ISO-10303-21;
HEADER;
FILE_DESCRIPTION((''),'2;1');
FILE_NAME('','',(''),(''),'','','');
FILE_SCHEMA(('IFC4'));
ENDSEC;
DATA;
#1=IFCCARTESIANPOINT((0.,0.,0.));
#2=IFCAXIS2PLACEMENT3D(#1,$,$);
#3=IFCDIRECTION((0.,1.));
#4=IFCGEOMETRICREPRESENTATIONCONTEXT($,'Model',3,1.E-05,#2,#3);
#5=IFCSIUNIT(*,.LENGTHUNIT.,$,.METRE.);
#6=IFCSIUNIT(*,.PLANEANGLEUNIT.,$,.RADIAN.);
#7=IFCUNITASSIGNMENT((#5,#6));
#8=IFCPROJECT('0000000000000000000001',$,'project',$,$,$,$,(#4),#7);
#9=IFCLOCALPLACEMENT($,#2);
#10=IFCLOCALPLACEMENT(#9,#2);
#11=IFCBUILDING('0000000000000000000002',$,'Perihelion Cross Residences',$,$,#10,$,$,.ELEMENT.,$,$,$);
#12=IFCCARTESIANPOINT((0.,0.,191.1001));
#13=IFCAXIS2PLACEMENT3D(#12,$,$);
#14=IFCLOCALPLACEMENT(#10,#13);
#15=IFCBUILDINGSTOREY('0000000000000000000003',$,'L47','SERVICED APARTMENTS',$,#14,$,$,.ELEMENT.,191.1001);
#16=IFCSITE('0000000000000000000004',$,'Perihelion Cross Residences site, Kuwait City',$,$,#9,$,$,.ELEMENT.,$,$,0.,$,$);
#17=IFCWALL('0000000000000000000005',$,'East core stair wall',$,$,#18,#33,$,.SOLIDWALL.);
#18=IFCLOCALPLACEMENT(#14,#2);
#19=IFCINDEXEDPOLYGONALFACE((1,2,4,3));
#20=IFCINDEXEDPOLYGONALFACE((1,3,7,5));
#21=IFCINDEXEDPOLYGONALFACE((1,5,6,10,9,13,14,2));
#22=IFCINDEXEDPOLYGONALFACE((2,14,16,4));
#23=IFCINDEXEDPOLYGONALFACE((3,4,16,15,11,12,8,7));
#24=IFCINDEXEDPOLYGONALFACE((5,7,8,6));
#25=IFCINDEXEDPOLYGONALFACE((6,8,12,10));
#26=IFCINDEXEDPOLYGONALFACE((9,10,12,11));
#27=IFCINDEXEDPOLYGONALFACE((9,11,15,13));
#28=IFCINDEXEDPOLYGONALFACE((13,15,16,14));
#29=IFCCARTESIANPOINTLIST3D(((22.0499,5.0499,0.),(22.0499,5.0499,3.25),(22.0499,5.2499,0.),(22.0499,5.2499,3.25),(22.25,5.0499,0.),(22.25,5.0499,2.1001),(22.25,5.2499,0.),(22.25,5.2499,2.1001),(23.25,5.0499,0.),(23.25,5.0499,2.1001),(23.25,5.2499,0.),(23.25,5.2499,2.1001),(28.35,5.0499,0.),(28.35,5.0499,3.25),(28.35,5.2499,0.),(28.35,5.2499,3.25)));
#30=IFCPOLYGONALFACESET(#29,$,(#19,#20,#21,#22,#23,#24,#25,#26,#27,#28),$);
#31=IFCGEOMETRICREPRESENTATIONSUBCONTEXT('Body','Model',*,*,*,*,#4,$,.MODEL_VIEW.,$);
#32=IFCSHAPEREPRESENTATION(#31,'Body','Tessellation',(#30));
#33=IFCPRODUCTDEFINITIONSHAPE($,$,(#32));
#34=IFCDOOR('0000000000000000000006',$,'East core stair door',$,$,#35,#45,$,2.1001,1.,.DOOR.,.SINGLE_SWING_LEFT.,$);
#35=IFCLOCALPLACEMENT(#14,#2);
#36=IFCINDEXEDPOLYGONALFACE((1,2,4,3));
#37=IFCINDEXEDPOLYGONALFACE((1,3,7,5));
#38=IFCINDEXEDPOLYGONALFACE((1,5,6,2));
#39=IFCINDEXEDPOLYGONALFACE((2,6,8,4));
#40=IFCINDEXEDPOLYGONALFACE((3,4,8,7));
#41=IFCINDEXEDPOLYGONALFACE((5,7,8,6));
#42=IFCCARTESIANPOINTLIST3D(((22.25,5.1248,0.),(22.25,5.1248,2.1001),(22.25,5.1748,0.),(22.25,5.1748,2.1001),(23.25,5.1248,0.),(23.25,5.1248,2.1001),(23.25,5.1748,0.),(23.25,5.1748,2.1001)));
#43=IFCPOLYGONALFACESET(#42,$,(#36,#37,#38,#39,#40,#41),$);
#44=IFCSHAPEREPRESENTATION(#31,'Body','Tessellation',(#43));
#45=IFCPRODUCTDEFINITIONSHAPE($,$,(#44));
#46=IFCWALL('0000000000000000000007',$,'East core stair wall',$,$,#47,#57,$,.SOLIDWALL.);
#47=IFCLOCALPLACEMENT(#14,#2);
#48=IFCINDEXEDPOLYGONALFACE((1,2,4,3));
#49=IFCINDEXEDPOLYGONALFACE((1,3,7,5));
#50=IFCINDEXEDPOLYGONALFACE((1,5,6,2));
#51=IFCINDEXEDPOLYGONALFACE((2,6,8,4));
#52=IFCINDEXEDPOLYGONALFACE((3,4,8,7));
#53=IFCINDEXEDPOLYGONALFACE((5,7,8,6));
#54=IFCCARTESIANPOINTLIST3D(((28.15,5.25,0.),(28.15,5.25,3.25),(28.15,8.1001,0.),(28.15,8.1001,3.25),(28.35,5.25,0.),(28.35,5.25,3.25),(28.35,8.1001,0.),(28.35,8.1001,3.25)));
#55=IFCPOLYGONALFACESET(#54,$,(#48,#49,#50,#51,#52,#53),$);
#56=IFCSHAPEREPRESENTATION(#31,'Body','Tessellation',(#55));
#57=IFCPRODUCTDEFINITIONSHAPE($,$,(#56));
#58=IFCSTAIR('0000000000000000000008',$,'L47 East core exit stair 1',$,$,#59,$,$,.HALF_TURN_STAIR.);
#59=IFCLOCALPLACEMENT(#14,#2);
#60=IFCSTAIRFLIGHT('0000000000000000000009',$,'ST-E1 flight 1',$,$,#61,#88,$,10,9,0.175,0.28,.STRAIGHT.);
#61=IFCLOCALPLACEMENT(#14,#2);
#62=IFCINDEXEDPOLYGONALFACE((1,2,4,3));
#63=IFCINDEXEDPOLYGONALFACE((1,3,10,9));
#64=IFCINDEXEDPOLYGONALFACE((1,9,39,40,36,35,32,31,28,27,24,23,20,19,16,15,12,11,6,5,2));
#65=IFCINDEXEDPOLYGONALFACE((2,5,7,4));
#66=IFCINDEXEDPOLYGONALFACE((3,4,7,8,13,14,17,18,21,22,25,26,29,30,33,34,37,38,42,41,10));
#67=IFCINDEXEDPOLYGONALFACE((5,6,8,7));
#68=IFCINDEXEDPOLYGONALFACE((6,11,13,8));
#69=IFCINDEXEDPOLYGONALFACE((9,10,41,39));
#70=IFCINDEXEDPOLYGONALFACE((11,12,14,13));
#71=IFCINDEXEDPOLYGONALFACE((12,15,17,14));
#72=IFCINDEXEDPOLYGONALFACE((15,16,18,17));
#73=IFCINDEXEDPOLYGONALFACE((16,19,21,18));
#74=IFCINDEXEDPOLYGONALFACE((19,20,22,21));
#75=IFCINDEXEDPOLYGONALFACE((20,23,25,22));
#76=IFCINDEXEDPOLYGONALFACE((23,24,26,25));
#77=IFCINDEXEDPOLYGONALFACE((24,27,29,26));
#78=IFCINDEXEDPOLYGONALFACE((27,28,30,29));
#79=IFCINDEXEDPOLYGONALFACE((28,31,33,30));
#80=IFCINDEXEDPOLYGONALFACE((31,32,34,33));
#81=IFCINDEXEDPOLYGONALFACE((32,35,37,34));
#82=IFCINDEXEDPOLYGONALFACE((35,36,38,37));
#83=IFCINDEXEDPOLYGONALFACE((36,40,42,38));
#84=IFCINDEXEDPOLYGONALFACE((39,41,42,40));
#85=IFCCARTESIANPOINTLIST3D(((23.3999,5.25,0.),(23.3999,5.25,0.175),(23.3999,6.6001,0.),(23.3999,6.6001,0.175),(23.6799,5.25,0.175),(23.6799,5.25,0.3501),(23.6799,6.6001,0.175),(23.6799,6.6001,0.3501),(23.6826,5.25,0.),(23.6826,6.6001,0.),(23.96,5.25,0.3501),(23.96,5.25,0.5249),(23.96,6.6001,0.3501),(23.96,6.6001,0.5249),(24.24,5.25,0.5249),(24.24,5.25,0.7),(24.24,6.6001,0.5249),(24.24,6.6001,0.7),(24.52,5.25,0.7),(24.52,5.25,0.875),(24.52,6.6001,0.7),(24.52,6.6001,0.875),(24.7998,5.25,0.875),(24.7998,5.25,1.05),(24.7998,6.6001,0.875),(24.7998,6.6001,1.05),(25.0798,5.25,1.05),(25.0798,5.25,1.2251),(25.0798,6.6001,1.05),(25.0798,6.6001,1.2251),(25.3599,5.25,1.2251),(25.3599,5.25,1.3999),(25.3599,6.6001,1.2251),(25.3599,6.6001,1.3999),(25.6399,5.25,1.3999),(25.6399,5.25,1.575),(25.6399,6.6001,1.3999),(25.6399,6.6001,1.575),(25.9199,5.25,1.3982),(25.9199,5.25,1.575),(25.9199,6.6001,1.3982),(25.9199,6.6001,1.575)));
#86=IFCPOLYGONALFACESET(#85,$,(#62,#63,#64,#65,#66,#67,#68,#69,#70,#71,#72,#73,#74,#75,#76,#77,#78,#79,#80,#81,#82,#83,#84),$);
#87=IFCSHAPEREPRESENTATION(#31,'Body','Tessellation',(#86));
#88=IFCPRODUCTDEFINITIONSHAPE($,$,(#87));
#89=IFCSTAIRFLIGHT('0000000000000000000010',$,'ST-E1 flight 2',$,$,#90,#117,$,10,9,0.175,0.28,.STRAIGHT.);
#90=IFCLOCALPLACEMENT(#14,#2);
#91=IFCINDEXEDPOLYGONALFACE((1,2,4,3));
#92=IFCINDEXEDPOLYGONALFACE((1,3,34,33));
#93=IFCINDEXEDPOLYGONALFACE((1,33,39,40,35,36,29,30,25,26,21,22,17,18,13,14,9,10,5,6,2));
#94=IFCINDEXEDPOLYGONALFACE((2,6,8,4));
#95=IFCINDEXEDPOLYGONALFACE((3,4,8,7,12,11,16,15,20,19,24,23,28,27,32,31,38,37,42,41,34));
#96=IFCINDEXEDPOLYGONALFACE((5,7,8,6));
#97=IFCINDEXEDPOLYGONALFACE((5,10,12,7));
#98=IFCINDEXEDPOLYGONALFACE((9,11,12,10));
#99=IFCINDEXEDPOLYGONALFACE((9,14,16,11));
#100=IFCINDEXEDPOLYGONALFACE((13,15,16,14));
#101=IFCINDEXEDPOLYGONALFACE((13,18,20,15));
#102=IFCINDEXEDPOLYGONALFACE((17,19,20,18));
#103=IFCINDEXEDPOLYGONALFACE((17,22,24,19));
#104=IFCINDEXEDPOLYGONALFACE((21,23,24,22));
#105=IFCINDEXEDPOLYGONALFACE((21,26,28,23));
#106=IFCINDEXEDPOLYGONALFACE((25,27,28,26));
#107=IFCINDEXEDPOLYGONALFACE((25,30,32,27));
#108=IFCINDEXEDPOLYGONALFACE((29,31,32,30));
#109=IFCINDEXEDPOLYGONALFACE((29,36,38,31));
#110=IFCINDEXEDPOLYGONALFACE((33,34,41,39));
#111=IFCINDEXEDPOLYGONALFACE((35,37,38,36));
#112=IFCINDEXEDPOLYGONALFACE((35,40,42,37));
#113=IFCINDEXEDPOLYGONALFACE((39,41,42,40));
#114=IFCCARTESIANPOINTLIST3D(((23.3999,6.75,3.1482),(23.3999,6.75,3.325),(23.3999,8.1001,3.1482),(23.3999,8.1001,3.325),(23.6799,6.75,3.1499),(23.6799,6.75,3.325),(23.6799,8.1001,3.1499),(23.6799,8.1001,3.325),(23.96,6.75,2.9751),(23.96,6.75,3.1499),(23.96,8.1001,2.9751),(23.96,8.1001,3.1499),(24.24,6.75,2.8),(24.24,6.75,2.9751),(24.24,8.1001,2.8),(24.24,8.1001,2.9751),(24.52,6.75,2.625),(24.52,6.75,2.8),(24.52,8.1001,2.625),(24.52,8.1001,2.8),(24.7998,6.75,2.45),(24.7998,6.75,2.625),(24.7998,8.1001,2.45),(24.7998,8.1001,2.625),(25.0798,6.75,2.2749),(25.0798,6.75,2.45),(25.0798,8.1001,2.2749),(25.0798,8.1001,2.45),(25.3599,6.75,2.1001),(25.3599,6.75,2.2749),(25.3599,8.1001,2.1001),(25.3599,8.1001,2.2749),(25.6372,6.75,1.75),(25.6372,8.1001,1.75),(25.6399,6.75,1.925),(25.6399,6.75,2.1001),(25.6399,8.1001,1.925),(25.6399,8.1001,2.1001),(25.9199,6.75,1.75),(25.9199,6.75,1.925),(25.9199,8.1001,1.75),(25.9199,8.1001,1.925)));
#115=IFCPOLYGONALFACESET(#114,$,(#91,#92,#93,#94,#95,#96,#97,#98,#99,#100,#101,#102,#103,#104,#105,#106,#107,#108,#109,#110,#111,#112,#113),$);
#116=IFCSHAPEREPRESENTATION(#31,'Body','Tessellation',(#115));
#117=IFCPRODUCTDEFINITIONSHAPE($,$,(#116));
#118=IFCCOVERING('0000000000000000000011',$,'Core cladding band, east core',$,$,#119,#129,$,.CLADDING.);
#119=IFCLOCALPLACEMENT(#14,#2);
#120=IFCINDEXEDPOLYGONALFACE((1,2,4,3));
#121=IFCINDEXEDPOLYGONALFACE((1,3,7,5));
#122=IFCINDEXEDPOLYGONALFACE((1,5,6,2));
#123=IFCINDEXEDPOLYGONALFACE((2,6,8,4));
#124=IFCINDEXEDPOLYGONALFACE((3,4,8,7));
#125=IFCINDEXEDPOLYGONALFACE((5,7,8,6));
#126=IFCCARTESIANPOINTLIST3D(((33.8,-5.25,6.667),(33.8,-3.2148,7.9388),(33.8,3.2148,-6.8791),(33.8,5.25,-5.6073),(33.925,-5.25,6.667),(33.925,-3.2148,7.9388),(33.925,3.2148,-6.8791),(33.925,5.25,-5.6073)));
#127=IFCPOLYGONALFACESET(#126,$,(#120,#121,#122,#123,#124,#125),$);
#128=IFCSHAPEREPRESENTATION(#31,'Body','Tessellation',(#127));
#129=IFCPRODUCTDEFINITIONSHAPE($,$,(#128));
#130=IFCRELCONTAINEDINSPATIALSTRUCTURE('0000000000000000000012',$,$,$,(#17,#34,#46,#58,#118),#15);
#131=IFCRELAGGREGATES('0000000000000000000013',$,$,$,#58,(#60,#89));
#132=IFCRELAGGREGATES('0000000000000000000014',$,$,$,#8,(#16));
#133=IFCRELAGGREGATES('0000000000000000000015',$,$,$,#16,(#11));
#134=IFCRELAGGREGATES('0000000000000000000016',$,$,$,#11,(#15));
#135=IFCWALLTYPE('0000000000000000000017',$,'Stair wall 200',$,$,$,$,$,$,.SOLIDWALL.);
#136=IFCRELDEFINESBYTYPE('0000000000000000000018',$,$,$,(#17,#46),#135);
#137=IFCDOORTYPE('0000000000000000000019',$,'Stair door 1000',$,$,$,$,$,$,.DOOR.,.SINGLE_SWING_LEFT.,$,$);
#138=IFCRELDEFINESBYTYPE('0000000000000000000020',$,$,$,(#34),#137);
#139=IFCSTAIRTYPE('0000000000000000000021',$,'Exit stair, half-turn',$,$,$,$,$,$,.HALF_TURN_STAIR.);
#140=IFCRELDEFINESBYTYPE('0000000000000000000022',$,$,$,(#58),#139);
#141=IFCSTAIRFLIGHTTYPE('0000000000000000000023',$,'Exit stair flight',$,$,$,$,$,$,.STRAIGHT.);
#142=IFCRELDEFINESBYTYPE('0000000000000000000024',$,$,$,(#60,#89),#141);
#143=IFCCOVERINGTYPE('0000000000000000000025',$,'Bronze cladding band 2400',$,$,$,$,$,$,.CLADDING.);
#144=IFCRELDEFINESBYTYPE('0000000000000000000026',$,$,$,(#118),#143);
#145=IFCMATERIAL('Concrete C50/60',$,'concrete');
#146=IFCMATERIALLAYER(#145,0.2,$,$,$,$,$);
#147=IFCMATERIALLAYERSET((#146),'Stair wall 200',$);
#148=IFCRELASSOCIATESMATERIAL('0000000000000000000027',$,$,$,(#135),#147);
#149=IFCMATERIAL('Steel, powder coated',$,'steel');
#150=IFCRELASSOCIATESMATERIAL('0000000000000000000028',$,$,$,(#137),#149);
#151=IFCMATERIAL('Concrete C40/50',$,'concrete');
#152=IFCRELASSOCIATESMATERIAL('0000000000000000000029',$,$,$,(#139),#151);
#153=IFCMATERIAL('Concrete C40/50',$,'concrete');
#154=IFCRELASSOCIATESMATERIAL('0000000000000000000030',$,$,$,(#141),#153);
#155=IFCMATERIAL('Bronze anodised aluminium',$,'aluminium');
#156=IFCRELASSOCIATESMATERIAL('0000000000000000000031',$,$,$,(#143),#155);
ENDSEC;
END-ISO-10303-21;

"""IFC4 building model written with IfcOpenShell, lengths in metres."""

from ifc_helpers import new_model, si_unit, direction, frame, frame_2d, origin, origin_2d, place, context, subcontext, project, spatial, polyline, rectangle, outline, extrude, material, layer, layer_set, material_profile, profile_set, type_object, element, fill, aggregate, save


model = new_model("IFC4")

# Units and contexts
model_context = context("Model", 3, precision=1e-05, world=origin(), true_north=direction((0.0, 1.0)))
body_context = subcontext(model_context, "Body", "Model", "MODEL_VIEW")
ifc_project = project(units=[si_unit("LENGTHUNIT", "METRE"), si_unit("PLANEANGLEUNIT", "RADIAN")], contexts=[model_context])

# Site, building, storey
site_placement = place(None, origin())
site = spatial("IfcSite", under=ifc_project, at=site_placement, Name="Perihelion Cross Residences site, Kuwait City", CompositionType="ELEMENT", RefElevation=0.0)
building_placement = place(site_placement, origin())
building = spatial("IfcBuilding", under=site, at=building_placement, Name="Perihelion Cross Residences", CompositionType="ELEMENT")
storey_placement = place(building_placement, frame((0.0, 0.0, 191.1001)))
storey = spatial("IfcBuildingStorey", under=building, at=storey_placement, Name="L47", Description="SERVICED APARTMENTS", CompositionType="ELEMENT", Elevation=191.1001)

# Wall, opening, door
ifc_material_1 = material(Name="Concrete C50/60", Category="concrete")
ifc_layer_1 = layer(ifc_material_1, 0.2)
ifc_layer_set_1 = layer_set([ifc_layer_1], Name="Stair wall 200")
wall_type_1 = type_object("IfcWallType", Name="Stair wall 200", PredefinedType="SOLIDWALL", material=ifc_layer_set_1)
wall_1_placement = place(storey_placement, frame((22.05, 5.1499, 0.0), z_axis=(0.0, 0.0, 1.0), x_axis=(1.0, 0.0, 0.0)))
wall_1 = element("IfcWall", 1, at=wall_1_placement, inside=storey, type_object=wall_type_1, Name="East core stair wall", PredefinedType="SOLIDWALL", context=body_context, shape_type="SweptSolid", body=[
    extrude(rectangle(XDim=6.3, YDim=0.2, at=frame_2d((3.1499, 0.0))), origin(), (0.0, 0.0, 1.0), 3.25),
])
opening_1_placement = place(wall_1_placement, frame((0.2, 0.0, 0.0)))
opening_1 = element("IfcOpeningElement", 2, at=opening_1_placement, cuts=wall_1, PredefinedType="OPENING", context=body_context, shape_type="SweptSolid", body=[
    extrude(rectangle(XDim=1.0, YDim=2.1001, at=frame_2d((0.5, 1.05))), frame((0.0, 0.1099, 0.0), z_axis=(0.0, -1.0, 0.0), x_axis=(1.0, 0.0, 0.0)), (0.0, 0.0, 1.0), 0.22),
])
ifc_material_2 = material(Name="Steel, powder coated", Category="steel")
door_type_1 = type_object("IfcDoorType", Name="Stair door 1000", OperationType="SINGLE_SWING_LEFT", PredefinedType="DOOR", material=ifc_material_2)
door_1_placement = place(opening_1_placement, origin())
door_1 = element("IfcDoor", 3, at=door_1_placement, inside=storey, type_object=door_type_1, Name="East core stair door", OperationType="SINGLE_SWING_LEFT", OverallHeight=2.1001, OverallWidth=1.0, PredefinedType="DOOR", context=body_context, shape_type="SweptSolid", body=[
    extrude(rectangle(XDim=1.0, YDim=2.1001, at=frame_2d((0.5, 1.05))), frame((0.0, 0.0249, 0.0), z_axis=(0.0, -1.0, 0.0), x_axis=(1.0, 0.0, 0.0)), (0.0, 0.0, 1.0), 0.05),
])
fill(opening_1, door_1)

# Wall
wall_2_placement = place(storey_placement, frame((28.25, 5.25, 0.0), z_axis=(0.0, 0.0, 1.0), x_axis=(0.0, 1.0, 0.0)))
element("IfcWall", 4, at=wall_2_placement, inside=storey, type_object=wall_type_1, Name="East core stair wall", PredefinedType="SOLIDWALL", context=body_context, shape_type="SweptSolid", body=[
    extrude(rectangle(XDim=2.8501, YDim=0.2, at=frame_2d((1.425, 0.0))), origin(), (0.0, 0.0, 1.0), 3.25),
])

# Stair, stair flights
ifc_material_3 = material(Name="Concrete C40/50", Category="concrete")
stair_type = type_object("IfcStairType", Name="Exit stair, half-turn", PredefinedType="HALF_TURN_STAIR", material=ifc_material_3)
stair_placement = place(storey_placement, origin())
stair = element("IfcStair", 5, at=stair_placement, inside=storey, type_object=stair_type, Name="L47 East core exit stair 1", PredefinedType="HALF_TURN_STAIR")
ifc_material_4 = material(Name="Concrete C40/50", Category="concrete")
stair_flight_type = type_object("IfcStairFlightType", Name="Exit stair flight", PredefinedType="STRAIGHT", material=ifc_material_4)
stair_flight_1_placement = place(storey_placement, frame((23.3999, 5.925, 0.0), z_axis=(0.0, 0.0, 1.0), x_axis=(1.0, 0.0, 0.0)))
stair_flight_1 = element("IfcStairFlight", 6, at=stair_flight_1_placement, type_object=stair_flight_type, Name="ST-E1 flight 1", NumberOfRisers=10, NumberOfTreads=9, PredefinedType="STRAIGHT", RiserHeight=0.175, TreadLength=0.28, context=body_context, shape_type="SweptSolid", body=[
    extrude(outline(polyline([(0.0, 0.0), (0.0, 0.175), (0.28, 0.175), (0.28, 0.3501), (0.5601, 0.3501), (0.5601, 0.5249), (0.8401, 0.5249), (0.8401, 0.7), (1.1201, 0.7), (1.1201, 0.875), (1.3999, 0.875), (1.3999, 1.05), (1.6799, 1.05), (1.6799, 1.2251), (1.96, 1.2251), (1.96, 1.3999), (2.24, 1.3999), (2.24, 1.575), (2.52, 1.575), (2.52, 1.75), (2.52, 1.3982), (0.2827, 0.0), (0.0, 0.0)])), frame((0.0, 0.675, 0.0), z_axis=(0.0, -1.0, 0.0), x_axis=(1.0, 0.0, 0.0)), (0.0, 0.0, 1.0), 1.3501),
])
stair_flight_2_placement = place(storey_placement, frame((25.9199, 7.425, 1.75), z_axis=(0.0, 0.0, 1.0), x_axis=(-1.0, 0.0, 0.0)))
stair_flight_2 = element("IfcStairFlight", 7, at=stair_flight_2_placement, type_object=stair_flight_type, Name="ST-E1 flight 2", NumberOfRisers=10, NumberOfTreads=9, PredefinedType="STRAIGHT", RiserHeight=0.175, TreadLength=0.28, context=body_context, shape_type="SweptSolid", body=[
    extrude(outline(polyline([(0.0, 0.0), (0.0, 0.175), (0.28, 0.175), (0.28, 0.3501), (0.5601, 0.3501), (0.5601, 0.5249), (0.8401, 0.5249), (0.8401, 0.7), (1.1201, 0.7), (1.1201, 0.875), (1.3999, 0.875), (1.3999, 1.05), (1.6799, 1.05), (1.6799, 1.2251), (1.96, 1.2251), (1.96, 1.3999), (2.24, 1.3999), (2.24, 1.575), (2.52, 1.575), (2.52, 1.75), (2.52, 1.3982), (0.2827, 0.0), (0.0, 0.0)])), frame((0.0, 0.675, 0.0), z_axis=(0.0, -1.0, 0.0), x_axis=(1.0, 0.0, 0.0)), (0.0, 0.0, 1.0), 1.3501),
])
aggregate(stair, [stair_flight_1, stair_flight_2])

# Covering
ifc_material_5 = material(Name="Bronze anodised aluminium", Category="aluminium")
ifc_material_profile = material_profile(ifc_material_5, rectangle(XDim=0.125, YDim=2.3999, at=origin_2d()), Name="Bronze cladding band 2400")
ifc_profile_set = profile_set([ifc_material_profile], Name="Bronze anodised aluminium")
covering_type = type_object("IfcCoveringType", Name="Bronze cladding band 2400", PredefinedType="CLADDING", material=ifc_profile_set)
covering_placement = place(storey_placement, frame((33.8625, 4.2324, -6.2432), z_axis=(0.0, -0.529932, 0.84804), x_axis=(1.0, 0.0, 0.0)))
element("IfcCovering", 8, at=covering_placement, inside=storey, type_object=covering_type, Name="Core cladding band, east core", PredefinedType="CLADDING", context=body_context, shape_type="SweptSolid", body=[
    extrude(rectangle(XDim=0.125, YDim=2.3999, at=origin_2d()), origin(), (0.0, 0.0, 1.0), 15.9734),
])

save(model, "model.ifc")
